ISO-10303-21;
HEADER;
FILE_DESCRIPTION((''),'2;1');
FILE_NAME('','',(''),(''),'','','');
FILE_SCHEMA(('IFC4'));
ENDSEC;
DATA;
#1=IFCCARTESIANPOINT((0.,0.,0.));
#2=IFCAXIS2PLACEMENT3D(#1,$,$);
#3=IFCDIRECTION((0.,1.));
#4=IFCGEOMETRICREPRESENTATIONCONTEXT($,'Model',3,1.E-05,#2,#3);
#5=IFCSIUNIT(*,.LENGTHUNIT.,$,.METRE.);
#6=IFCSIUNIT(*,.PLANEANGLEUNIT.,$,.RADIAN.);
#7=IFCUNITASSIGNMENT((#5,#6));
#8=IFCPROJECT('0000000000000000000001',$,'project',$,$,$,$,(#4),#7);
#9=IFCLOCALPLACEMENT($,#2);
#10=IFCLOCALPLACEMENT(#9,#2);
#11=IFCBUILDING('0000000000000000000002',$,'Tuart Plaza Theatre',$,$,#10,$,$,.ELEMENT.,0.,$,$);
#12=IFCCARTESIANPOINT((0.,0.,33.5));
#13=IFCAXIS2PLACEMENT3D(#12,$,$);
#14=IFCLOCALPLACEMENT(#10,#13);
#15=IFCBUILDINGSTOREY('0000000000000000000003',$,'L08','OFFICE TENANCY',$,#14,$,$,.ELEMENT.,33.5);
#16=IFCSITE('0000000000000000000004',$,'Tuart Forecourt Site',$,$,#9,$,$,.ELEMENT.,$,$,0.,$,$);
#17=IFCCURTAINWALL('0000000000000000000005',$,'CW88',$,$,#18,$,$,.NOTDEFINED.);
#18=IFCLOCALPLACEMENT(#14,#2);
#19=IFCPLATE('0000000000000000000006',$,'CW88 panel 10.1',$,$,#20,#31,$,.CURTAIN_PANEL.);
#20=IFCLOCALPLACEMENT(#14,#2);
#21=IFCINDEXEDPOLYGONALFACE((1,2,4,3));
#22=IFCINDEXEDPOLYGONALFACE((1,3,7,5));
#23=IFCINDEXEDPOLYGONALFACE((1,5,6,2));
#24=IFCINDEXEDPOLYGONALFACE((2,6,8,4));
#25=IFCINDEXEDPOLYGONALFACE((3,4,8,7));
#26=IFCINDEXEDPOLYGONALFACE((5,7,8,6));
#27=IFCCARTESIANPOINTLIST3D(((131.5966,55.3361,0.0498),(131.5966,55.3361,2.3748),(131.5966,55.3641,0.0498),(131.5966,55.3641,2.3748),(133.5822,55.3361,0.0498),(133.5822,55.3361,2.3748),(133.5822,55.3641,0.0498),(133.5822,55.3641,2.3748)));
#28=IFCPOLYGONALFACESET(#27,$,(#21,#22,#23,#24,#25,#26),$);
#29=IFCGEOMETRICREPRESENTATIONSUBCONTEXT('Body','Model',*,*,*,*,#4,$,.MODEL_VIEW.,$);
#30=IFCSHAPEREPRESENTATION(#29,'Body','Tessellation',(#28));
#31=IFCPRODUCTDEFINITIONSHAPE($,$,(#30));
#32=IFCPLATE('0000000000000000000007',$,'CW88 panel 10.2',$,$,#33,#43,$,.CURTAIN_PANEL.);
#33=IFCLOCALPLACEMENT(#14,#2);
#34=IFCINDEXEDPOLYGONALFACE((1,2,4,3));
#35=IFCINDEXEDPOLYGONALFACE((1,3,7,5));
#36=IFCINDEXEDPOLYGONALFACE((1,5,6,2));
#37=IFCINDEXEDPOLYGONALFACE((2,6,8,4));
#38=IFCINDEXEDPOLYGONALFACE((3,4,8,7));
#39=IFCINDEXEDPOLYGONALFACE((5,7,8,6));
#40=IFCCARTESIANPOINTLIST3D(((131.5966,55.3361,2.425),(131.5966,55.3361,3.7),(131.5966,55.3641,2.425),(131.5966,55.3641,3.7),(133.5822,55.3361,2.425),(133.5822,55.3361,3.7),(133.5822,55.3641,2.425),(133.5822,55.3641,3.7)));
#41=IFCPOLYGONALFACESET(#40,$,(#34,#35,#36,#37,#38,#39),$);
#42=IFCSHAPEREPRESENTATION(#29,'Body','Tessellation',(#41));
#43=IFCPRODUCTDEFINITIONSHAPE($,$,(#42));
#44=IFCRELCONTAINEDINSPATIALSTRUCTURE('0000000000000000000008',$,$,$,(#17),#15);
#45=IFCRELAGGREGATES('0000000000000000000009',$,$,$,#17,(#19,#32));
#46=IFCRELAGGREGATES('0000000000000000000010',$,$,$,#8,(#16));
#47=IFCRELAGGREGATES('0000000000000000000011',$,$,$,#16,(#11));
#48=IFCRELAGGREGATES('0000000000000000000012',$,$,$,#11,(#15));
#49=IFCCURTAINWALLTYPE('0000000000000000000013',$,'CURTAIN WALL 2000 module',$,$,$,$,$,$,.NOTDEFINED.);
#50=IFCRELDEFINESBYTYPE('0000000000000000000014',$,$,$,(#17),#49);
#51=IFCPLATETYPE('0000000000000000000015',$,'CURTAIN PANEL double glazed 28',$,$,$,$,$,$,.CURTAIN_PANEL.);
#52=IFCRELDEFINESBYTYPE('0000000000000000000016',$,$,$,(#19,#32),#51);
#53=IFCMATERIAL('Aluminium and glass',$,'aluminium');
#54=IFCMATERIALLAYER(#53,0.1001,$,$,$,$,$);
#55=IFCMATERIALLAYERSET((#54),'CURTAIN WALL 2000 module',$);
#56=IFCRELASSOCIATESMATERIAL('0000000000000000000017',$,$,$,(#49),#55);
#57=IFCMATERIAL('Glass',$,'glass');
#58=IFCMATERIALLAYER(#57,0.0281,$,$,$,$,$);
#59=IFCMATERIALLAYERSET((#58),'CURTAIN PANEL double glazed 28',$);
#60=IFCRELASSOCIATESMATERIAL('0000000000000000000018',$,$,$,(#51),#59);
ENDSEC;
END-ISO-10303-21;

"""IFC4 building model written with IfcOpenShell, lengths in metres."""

from ifc_helpers import new_model, si_unit, direction, frame, origin, origin_2d, place, context, subcontext, project, spatial, rectangle, extrude, material, layer, layer_set, type_object, element, aggregate, save


model = new_model("IFC4")

# Units and contexts
model_context = context("Model", 3, precision=1e-05, world=origin(), true_north=direction((0.0, 1.0)))
body_context = subcontext(model_context, "Body", "Model", "MODEL_VIEW")
ifc_project = project(units=[si_unit("LENGTHUNIT", "METRE"), si_unit("PLANEANGLEUNIT", "RADIAN")], contexts=[model_context])

# Site, building, storey
site_placement = place(None, origin())
site = spatial("IfcSite", under=ifc_project, at=site_placement, Name="Tuart Forecourt Site", CompositionType="ELEMENT", RefElevation=0.0)
building_placement = place(site_placement, origin())
building = spatial("IfcBuilding", under=site, at=building_placement, Name="Tuart Plaza Theatre", CompositionType="ELEMENT", ElevationOfRefHeight=0.0)
storey_placement = place(building_placement, frame((0.0, 0.0, 33.5)))
storey = spatial("IfcBuildingStorey", under=building, at=storey_placement, Name="L08", Description="OFFICE TENANCY", CompositionType="ELEMENT", Elevation=33.5)

# Curtain wall, plates
ifc_material_1 = material(Name="Aluminium and glass", Category="aluminium")
ifc_layer_1 = layer(ifc_material_1, 0.1001)
ifc_layer_set_1 = layer_set([ifc_layer_1], Name="CURTAIN WALL 2000 module")
curtain_wall_type = type_object("IfcCurtainWallType", Name="CURTAIN WALL 2000 module", PredefinedType="NOTDEFINED", material=ifc_layer_set_1)
curtain_wall_placement = place(storey_placement, origin())
curtain_wall = element("IfcCurtainWall", 1, at=curtain_wall_placement, inside=storey, type_object=curtain_wall_type, Name="CW88", PredefinedType="NOTDEFINED")
ifc_material_2 = material(Name="Glass", Category="glass")
ifc_layer_2 = layer(ifc_material_2, 0.0281)
ifc_layer_set_2 = layer_set([ifc_layer_2], Name="CURTAIN PANEL double glazed 28")
plate_type = type_object("IfcPlateType", Name="CURTAIN PANEL double glazed 28", PredefinedType="CURTAIN_PANEL", material=ifc_layer_set_2)
plate_1_placement = place(storey_placement, frame((132.5894, 55.3501, 0.0498), z_axis=(0.0, 0.0, 1.0), x_axis=(1.0, 0.0, 0.0)))
plate_1 = element("IfcPlate", 2, at=plate_1_placement, type_object=plate_type, Name="CW88 panel 10.1", PredefinedType="CURTAIN_PANEL", context=body_context, shape_type="SweptSolid", body=[
    extrude(rectangle(XDim=1.9856, YDim=0.0281, at=origin_2d()), origin(), (0.0, 0.0, 1.0), 2.325),
])
plate_2_placement = place(storey_placement, frame((132.5894, 55.3501, 2.425), z_axis=(0.0, 0.0, 1.0), x_axis=(1.0, 0.0, 0.0)))
plate_2 = element("IfcPlate", 3, at=plate_2_placement, type_object=plate_type, Name="CW88 panel 10.2", PredefinedType="CURTAIN_PANEL", context=body_context, shape_type="SweptSolid", body=[
    extrude(rectangle(XDim=1.9856, YDim=0.0281, at=origin_2d()), origin(), (0.0, 0.0, 1.0), 1.2749),
])
aggregate(curtain_wall, [plate_1, plate_2])

save(model, "model.ifc")
